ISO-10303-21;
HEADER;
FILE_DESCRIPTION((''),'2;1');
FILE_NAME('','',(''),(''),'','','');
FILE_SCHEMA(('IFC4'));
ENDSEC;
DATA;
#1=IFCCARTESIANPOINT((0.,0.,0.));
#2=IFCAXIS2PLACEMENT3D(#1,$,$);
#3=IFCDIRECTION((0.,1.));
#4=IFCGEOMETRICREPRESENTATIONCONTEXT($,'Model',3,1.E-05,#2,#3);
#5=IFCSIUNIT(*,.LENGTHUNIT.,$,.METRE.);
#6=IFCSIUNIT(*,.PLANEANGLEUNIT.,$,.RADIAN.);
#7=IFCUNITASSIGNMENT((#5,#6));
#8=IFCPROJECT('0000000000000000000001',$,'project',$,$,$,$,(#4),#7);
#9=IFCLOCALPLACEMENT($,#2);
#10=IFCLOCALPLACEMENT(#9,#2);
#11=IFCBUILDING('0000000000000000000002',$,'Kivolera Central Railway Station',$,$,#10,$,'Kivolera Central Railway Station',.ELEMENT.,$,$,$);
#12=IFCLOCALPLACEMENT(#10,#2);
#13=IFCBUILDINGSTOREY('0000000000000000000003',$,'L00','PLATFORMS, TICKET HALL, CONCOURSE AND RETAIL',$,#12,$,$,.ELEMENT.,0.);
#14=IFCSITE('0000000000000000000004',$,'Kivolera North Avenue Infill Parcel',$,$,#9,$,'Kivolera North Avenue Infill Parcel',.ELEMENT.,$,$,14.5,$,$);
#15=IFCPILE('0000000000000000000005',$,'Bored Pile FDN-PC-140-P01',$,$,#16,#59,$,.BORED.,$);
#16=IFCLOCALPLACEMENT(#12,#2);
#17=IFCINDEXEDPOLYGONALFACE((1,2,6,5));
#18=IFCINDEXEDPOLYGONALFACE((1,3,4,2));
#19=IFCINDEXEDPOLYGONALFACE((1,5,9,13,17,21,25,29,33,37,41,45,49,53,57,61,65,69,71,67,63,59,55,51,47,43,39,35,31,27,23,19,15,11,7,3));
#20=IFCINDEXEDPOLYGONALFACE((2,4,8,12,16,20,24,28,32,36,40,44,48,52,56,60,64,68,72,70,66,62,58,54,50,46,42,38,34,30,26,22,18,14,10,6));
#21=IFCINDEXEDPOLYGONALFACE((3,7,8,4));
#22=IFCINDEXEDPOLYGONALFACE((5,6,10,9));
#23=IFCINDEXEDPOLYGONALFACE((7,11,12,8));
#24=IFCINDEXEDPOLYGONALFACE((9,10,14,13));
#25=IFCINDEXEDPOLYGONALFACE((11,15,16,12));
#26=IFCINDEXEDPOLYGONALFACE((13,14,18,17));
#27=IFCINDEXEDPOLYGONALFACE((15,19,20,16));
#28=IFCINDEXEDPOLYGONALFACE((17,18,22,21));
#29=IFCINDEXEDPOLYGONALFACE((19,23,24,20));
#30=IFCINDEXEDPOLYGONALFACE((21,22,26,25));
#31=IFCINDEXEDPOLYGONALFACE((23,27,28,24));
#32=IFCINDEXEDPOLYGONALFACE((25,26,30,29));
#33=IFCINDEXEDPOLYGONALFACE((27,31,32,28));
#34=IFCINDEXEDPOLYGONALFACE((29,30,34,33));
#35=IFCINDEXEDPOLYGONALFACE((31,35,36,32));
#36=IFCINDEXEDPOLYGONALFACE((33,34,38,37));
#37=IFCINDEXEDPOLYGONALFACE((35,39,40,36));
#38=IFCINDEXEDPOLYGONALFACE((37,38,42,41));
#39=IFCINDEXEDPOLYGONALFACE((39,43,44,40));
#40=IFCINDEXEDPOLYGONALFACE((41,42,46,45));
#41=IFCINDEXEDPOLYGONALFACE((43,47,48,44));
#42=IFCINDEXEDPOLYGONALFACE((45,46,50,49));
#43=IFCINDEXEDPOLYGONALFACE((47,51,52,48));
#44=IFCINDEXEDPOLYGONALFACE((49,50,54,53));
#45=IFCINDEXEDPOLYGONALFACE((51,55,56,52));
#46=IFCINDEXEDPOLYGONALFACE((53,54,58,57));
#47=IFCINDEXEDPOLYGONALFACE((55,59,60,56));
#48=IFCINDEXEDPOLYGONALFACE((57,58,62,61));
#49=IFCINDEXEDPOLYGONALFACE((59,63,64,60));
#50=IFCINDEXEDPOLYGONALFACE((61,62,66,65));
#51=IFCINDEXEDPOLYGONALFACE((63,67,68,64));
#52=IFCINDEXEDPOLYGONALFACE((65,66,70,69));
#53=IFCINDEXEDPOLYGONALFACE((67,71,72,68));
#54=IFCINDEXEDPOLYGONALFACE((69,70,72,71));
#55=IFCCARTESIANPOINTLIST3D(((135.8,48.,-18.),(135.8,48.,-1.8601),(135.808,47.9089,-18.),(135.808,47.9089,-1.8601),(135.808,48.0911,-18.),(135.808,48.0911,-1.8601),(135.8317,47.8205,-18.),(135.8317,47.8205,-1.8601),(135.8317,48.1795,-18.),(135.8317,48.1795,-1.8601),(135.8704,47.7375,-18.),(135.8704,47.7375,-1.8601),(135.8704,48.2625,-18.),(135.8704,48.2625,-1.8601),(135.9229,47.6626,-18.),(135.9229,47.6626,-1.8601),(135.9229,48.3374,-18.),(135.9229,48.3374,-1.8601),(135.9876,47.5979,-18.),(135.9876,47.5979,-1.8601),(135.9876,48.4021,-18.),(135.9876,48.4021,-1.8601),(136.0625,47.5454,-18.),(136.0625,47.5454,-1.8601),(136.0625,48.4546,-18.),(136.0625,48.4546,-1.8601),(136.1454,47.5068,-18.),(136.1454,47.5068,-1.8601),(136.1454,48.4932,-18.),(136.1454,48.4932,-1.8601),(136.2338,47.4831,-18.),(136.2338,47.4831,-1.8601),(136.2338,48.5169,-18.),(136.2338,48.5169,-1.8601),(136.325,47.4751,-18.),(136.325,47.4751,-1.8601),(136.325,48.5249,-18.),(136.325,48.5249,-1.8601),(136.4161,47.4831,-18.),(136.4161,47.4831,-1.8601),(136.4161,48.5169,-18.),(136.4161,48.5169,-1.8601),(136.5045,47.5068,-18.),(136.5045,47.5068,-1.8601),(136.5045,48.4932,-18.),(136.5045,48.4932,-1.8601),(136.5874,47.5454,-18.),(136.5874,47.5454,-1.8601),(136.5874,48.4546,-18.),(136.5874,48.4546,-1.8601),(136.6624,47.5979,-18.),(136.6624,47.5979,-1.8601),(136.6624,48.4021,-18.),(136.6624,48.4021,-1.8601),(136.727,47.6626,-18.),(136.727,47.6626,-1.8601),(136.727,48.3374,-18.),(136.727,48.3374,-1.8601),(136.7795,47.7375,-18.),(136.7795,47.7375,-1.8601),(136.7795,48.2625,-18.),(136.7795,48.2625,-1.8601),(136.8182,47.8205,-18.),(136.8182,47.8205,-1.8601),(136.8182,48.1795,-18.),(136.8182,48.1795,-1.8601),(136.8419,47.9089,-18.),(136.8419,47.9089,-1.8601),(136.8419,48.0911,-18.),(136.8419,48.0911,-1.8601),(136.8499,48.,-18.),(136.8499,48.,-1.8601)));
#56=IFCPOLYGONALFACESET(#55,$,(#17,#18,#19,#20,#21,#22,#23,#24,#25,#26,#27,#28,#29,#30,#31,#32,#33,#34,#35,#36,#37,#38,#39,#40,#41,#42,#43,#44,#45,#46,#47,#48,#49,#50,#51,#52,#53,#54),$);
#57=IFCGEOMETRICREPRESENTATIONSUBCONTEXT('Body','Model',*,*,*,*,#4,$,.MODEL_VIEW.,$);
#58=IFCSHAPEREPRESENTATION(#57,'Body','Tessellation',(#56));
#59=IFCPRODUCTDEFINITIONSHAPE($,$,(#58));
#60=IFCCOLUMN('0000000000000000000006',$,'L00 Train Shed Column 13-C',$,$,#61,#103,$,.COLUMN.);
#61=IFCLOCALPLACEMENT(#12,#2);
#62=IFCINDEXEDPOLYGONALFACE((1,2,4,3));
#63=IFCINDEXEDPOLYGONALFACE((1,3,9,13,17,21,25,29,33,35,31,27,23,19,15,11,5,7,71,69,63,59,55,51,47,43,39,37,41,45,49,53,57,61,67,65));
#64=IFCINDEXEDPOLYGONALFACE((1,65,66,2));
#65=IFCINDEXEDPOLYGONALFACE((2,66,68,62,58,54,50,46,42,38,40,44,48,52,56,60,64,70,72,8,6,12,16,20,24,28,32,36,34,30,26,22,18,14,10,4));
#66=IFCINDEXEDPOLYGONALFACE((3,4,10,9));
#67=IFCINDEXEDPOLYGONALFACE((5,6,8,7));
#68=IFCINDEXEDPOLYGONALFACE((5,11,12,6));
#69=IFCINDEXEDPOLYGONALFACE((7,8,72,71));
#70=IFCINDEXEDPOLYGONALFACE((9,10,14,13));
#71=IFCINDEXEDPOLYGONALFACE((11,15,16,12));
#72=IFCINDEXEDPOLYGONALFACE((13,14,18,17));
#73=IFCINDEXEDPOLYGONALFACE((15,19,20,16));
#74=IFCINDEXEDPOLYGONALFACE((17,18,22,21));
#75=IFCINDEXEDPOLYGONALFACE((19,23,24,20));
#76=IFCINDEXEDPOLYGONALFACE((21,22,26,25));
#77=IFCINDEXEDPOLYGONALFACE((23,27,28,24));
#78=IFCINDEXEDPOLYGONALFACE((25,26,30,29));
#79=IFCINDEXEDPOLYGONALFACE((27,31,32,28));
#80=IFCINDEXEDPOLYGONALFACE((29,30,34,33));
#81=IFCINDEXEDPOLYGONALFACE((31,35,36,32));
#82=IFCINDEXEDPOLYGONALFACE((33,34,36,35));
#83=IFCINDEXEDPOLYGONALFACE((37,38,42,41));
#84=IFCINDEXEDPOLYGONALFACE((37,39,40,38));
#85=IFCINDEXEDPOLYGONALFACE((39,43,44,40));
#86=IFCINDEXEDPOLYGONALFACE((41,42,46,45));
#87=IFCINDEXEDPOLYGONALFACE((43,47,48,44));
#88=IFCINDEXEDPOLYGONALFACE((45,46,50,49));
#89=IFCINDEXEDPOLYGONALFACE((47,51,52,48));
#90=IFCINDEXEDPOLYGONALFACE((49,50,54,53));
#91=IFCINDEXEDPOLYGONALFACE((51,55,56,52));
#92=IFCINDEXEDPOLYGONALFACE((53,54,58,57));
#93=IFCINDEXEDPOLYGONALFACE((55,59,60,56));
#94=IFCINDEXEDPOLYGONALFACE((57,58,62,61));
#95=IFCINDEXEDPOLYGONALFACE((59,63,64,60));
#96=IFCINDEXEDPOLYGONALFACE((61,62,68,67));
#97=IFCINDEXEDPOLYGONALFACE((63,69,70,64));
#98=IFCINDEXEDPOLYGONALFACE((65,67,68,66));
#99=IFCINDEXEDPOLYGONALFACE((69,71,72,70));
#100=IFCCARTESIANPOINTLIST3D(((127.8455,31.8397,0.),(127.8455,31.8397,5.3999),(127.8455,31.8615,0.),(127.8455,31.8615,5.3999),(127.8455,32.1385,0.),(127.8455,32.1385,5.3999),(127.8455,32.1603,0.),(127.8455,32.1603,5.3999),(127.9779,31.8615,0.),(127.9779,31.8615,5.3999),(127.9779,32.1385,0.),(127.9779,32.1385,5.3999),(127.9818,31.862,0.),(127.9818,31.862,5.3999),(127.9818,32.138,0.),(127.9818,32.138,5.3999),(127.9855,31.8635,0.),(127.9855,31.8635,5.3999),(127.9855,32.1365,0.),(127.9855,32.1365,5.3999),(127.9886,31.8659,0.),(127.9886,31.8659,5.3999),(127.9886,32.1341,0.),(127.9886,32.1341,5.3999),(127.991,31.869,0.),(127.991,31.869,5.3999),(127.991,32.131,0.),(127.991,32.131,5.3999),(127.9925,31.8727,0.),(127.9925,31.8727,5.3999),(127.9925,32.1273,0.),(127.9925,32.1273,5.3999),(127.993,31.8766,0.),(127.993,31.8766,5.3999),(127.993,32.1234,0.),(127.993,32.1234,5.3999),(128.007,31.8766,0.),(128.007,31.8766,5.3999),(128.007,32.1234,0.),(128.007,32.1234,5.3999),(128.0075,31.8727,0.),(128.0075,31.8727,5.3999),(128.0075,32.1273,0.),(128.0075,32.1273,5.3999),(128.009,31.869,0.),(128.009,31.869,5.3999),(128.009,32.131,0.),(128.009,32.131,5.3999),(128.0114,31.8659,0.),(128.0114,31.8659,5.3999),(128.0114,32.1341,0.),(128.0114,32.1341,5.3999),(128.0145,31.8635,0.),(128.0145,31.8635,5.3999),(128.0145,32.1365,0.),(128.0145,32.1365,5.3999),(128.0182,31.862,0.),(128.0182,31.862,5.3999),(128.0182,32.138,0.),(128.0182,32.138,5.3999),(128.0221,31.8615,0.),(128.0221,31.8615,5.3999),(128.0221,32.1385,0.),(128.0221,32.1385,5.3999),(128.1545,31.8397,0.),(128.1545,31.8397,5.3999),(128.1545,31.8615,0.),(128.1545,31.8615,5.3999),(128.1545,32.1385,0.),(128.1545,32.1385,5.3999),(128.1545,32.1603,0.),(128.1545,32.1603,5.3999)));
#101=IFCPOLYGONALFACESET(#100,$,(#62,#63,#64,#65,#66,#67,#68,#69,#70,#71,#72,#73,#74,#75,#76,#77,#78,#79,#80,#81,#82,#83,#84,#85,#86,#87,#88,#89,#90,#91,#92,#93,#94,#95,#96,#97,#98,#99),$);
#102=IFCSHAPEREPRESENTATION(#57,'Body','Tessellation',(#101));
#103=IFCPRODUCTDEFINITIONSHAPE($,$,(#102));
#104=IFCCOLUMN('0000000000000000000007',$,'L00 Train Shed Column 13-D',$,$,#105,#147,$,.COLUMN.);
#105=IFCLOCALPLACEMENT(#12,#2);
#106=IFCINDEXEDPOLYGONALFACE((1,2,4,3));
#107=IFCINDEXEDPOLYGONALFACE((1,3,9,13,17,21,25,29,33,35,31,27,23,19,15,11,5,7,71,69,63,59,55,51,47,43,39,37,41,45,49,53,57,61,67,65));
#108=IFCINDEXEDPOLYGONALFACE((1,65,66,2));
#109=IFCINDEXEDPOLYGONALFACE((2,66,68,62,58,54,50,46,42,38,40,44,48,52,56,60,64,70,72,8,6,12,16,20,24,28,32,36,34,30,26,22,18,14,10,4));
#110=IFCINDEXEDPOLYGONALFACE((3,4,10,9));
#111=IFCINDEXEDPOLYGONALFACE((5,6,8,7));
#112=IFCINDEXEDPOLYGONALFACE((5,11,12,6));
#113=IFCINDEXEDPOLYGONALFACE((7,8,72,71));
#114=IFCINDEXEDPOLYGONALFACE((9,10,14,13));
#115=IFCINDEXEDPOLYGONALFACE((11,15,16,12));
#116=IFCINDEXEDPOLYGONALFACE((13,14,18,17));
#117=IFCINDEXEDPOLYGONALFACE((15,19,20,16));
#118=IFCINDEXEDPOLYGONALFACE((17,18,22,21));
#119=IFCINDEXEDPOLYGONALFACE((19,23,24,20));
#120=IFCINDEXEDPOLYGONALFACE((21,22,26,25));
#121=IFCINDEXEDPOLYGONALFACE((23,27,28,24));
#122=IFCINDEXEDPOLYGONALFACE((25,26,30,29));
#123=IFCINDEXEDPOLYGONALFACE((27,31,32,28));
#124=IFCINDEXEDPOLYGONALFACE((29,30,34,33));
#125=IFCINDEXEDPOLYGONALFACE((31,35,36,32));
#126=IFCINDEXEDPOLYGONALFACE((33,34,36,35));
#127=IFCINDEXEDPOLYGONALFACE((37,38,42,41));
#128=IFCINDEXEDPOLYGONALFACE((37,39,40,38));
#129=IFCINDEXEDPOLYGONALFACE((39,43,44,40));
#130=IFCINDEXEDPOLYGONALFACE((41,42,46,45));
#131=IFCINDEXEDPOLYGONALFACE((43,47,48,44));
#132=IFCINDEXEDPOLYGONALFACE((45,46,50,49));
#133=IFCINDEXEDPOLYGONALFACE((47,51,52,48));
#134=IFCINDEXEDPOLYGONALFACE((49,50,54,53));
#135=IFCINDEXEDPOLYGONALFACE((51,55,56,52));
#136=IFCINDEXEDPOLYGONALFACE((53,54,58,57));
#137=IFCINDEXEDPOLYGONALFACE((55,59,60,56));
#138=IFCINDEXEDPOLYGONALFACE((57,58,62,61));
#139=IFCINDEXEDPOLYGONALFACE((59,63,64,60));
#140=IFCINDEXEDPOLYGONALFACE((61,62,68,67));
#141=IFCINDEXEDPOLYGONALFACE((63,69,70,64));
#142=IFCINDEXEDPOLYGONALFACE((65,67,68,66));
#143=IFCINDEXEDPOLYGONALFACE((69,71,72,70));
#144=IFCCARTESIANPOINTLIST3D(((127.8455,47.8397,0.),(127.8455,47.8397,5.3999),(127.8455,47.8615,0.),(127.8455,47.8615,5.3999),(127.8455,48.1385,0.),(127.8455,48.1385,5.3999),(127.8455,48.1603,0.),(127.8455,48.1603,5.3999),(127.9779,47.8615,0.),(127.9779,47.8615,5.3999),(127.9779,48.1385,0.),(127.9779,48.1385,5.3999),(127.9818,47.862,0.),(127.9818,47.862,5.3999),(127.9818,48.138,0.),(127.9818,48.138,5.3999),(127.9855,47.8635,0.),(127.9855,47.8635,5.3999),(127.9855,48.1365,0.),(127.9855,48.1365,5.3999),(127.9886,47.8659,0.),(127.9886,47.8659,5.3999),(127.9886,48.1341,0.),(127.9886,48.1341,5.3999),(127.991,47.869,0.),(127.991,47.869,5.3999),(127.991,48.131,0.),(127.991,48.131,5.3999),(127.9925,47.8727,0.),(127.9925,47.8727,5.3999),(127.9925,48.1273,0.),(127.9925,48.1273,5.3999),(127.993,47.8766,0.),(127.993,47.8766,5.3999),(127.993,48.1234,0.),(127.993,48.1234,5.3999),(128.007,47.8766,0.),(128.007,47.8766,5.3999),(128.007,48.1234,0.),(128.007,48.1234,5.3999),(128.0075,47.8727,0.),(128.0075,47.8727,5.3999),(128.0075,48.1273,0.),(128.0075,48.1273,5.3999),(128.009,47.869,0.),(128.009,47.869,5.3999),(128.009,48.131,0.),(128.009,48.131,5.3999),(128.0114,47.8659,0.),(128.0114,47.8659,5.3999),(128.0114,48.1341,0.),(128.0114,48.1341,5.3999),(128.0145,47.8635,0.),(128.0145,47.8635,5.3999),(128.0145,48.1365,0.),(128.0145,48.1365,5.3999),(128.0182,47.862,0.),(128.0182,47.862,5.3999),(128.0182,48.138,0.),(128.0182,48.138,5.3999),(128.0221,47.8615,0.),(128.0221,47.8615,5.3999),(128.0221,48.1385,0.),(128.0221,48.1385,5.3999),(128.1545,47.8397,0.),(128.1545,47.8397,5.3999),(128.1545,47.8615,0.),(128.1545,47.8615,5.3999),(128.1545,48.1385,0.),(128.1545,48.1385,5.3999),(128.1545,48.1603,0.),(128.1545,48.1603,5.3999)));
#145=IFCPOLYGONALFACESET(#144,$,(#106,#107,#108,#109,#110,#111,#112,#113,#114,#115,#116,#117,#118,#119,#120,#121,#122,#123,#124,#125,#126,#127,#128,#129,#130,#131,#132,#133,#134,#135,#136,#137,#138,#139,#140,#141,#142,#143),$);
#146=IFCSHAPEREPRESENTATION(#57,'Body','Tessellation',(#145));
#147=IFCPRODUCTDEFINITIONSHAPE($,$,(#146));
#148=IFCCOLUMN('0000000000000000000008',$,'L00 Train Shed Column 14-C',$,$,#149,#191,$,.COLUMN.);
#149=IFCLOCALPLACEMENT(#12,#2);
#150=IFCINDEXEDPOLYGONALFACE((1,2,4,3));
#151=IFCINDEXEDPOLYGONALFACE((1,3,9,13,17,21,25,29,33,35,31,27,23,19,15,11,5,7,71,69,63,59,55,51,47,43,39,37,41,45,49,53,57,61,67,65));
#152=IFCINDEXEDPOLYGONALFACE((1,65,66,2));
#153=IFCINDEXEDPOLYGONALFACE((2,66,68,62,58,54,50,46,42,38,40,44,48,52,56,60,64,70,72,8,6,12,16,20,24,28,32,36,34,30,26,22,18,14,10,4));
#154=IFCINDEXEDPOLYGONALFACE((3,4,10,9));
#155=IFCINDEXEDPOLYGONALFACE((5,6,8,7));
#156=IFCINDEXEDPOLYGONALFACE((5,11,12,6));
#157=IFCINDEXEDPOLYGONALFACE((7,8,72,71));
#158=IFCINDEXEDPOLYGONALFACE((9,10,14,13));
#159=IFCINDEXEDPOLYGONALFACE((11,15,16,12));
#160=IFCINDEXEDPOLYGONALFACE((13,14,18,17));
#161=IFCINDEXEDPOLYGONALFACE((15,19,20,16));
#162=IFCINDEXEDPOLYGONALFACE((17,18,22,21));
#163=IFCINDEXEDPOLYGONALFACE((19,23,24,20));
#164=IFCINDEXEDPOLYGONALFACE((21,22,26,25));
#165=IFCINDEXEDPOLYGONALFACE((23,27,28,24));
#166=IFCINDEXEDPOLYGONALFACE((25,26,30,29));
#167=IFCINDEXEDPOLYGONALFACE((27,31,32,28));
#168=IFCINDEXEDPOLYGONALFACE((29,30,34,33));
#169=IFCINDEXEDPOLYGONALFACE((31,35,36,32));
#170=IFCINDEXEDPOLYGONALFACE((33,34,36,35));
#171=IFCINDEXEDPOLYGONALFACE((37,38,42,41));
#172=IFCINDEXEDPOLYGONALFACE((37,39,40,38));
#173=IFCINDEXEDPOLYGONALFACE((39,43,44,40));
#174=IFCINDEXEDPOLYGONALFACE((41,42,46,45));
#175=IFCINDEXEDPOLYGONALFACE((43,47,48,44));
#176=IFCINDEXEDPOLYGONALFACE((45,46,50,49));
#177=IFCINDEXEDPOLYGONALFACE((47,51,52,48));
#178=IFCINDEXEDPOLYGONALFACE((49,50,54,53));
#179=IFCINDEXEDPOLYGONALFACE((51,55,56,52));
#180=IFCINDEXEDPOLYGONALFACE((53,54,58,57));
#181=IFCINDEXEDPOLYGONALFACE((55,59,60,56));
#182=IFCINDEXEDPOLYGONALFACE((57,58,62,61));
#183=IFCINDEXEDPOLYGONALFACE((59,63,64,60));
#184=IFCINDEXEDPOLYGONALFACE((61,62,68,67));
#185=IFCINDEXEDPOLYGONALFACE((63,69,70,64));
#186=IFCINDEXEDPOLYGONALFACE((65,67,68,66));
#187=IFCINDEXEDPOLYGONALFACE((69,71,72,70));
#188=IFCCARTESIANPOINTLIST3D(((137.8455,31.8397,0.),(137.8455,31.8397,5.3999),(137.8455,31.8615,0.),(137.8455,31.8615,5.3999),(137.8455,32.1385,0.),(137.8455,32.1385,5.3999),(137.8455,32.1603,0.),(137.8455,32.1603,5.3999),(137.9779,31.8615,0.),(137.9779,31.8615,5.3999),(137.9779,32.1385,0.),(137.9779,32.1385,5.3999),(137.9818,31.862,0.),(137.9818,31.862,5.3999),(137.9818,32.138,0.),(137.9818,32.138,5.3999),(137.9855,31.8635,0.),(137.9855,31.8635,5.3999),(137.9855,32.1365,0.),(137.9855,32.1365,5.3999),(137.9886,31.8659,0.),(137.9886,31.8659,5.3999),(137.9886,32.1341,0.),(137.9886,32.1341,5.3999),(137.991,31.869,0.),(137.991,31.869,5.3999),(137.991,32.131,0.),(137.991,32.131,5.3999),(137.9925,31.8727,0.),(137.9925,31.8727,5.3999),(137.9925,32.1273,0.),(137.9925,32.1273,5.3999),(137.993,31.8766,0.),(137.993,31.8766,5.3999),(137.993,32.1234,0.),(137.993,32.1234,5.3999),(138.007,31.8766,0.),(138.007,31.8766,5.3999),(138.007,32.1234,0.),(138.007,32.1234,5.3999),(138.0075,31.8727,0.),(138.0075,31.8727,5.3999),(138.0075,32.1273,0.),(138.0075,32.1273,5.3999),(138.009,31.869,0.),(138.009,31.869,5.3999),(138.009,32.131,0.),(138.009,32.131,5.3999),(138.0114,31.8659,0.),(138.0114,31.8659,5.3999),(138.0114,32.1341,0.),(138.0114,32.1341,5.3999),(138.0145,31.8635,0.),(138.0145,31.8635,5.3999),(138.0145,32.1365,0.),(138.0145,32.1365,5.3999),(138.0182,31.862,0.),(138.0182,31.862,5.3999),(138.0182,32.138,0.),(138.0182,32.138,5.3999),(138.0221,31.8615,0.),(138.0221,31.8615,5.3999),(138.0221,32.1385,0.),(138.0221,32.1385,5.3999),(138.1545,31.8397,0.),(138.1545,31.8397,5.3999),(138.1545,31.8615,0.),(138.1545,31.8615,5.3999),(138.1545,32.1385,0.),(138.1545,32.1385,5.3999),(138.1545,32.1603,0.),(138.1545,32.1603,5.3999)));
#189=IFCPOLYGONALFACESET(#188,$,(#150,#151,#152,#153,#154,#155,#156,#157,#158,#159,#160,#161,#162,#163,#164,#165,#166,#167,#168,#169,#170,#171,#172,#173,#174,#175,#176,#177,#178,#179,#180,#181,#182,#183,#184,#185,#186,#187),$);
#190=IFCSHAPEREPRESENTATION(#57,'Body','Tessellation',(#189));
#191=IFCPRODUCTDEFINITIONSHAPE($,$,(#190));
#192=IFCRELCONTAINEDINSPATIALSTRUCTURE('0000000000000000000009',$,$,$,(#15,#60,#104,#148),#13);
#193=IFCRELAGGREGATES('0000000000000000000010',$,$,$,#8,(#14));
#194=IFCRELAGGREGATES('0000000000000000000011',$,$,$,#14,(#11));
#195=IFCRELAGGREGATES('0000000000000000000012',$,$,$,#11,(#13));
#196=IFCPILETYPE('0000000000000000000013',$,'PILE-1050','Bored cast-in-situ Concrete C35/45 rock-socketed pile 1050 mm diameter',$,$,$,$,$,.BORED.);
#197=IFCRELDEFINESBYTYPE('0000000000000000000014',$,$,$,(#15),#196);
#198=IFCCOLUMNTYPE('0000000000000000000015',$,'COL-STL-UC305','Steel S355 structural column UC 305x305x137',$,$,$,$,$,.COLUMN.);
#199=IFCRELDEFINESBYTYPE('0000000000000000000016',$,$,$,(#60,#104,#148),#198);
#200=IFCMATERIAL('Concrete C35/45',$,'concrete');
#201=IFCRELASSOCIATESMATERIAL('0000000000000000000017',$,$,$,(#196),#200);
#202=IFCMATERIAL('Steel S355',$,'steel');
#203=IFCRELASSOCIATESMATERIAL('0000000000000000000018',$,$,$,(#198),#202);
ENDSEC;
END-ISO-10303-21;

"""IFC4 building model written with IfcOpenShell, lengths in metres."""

from ifc_helpers import new_model, si_unit, direction, frame, origin, origin_2d, place, context, subcontext, project, spatial, circle, i_section, extrude, material, material_profile, profile_set, type_object, element, save


model = new_model("IFC4")

# Units and contexts
model_context = context("Model", 3, precision=1e-05, world=origin(), true_north=direction((0.0, 1.0)))
body_context = subcontext(model_context, "Body", "Model", "MODEL_VIEW")
ifc_project = project(units=[si_unit("LENGTHUNIT", "METRE"), si_unit("PLANEANGLEUNIT", "RADIAN")], contexts=[model_context])

# Site, building, storey
site_placement = place(None, origin())
site = spatial("IfcSite", under=ifc_project, at=site_placement, Name="Kivolera North Avenue Infill Parcel", LongName="Kivolera North Avenue Infill Parcel", CompositionType="ELEMENT", RefElevation=14.5)
building_placement = place(site_placement, origin())
building = spatial("IfcBuilding", under=site, at=building_placement, Name="Kivolera Central Railway Station", LongName="Kivolera Central Railway Station", CompositionType="ELEMENT")
storey_placement = place(building_placement, origin())
storey = spatial("IfcBuildingStorey", under=building, at=storey_placement, Name="L00", Description="PLATFORMS, TICKET HALL, CONCOURSE AND RETAIL", CompositionType="ELEMENT", Elevation=0.0)

# Shared definitions
ifc_material_1 = material(Name="Concrete C35/45", Category="concrete")

# Pile
ifc_material_profile_1 = material_profile(ifc_material_1, circle(Radius=0.5249, at=origin_2d()), Name="PILE D1050")
ifc_profile_set_1 = profile_set([ifc_material_profile_1], Name="Concrete C35/45")
pile_type = type_object("IfcPileType", Name="PILE-1050", Description="Bored cast-in-situ Concrete C35/45 rock-socketed pile 1050 mm diameter", PredefinedType="BORED", material=ifc_profile_set_1)
for number, where, z_axis, x_axis, name in (
    (1, (136.325, 48.0, -1.8601), (0.0, 0.0, -1.0), (1.0, 0.0, 0.0), "Bored Pile FDN-PC-140-P01"),
):
    element("IfcPile", number, at=place(storey_placement, frame(where, z_axis=z_axis, x_axis=x_axis)), inside=storey, type_object=pile_type, Name=name, PredefinedType="BORED", context=body_context, shape_type="SweptSolid", body=[
        extrude(circle(Radius=0.5249, at=origin_2d()), origin(), (0.0, 0.0, 1.0), 16.1399),
    ])

# Columns
ifc_material_2 = material(Name="Steel S355", Category="steel")
ifc_material_profile_2 = material_profile(ifc_material_2, i_section(OverallWidth=0.3091, OverallDepth=0.3206, WebThickness=0.0139, FlangeThickness=0.0217, FilletRadius=0.0151, at=origin_2d()), Name="UC 305x305x137")
ifc_profile_set_2 = profile_set([ifc_material_profile_2], Name="Steel S355")
column_type = type_object("IfcColumnType", Name="COL-STL-UC305", Description="Steel S355 structural column UC 305x305x137", PredefinedType="COLUMN", material=ifc_profile_set_2)
for number, where, z_axis, x_axis, name in (
    (2, (128.0, 32.0, 0.0), (0.0, 0.0, 1.0), (1.0, 0.0, 0.0), "L00 Train Shed Column 13-C"),
    (3, (128.0, 48.0, 0.0), (0.0, 0.0, 1.0), (1.0, 0.0, 0.0), "L00 Train Shed Column 13-D"),
    (4, (138.0, 32.0, 0.0), (0.0, 0.0, 1.0), (1.0, 0.0, 0.0), "L00 Train Shed Column 14-C"),
):
    element("IfcColumn", number, at=place(storey_placement, frame(where, z_axis=z_axis, x_axis=x_axis)), inside=storey, type_object=column_type, Name=name, PredefinedType="COLUMN", context=body_context, shape_type="SweptSolid", body=[
        extrude(i_section(OverallWidth=0.3091, OverallDepth=0.3206, WebThickness=0.0139, FlangeThickness=0.0217, FilletRadius=0.0151, at=origin_2d()), origin(), (0.0, 0.0, 1.0), 5.3999),
    ])

save(model, "model.ifc")
